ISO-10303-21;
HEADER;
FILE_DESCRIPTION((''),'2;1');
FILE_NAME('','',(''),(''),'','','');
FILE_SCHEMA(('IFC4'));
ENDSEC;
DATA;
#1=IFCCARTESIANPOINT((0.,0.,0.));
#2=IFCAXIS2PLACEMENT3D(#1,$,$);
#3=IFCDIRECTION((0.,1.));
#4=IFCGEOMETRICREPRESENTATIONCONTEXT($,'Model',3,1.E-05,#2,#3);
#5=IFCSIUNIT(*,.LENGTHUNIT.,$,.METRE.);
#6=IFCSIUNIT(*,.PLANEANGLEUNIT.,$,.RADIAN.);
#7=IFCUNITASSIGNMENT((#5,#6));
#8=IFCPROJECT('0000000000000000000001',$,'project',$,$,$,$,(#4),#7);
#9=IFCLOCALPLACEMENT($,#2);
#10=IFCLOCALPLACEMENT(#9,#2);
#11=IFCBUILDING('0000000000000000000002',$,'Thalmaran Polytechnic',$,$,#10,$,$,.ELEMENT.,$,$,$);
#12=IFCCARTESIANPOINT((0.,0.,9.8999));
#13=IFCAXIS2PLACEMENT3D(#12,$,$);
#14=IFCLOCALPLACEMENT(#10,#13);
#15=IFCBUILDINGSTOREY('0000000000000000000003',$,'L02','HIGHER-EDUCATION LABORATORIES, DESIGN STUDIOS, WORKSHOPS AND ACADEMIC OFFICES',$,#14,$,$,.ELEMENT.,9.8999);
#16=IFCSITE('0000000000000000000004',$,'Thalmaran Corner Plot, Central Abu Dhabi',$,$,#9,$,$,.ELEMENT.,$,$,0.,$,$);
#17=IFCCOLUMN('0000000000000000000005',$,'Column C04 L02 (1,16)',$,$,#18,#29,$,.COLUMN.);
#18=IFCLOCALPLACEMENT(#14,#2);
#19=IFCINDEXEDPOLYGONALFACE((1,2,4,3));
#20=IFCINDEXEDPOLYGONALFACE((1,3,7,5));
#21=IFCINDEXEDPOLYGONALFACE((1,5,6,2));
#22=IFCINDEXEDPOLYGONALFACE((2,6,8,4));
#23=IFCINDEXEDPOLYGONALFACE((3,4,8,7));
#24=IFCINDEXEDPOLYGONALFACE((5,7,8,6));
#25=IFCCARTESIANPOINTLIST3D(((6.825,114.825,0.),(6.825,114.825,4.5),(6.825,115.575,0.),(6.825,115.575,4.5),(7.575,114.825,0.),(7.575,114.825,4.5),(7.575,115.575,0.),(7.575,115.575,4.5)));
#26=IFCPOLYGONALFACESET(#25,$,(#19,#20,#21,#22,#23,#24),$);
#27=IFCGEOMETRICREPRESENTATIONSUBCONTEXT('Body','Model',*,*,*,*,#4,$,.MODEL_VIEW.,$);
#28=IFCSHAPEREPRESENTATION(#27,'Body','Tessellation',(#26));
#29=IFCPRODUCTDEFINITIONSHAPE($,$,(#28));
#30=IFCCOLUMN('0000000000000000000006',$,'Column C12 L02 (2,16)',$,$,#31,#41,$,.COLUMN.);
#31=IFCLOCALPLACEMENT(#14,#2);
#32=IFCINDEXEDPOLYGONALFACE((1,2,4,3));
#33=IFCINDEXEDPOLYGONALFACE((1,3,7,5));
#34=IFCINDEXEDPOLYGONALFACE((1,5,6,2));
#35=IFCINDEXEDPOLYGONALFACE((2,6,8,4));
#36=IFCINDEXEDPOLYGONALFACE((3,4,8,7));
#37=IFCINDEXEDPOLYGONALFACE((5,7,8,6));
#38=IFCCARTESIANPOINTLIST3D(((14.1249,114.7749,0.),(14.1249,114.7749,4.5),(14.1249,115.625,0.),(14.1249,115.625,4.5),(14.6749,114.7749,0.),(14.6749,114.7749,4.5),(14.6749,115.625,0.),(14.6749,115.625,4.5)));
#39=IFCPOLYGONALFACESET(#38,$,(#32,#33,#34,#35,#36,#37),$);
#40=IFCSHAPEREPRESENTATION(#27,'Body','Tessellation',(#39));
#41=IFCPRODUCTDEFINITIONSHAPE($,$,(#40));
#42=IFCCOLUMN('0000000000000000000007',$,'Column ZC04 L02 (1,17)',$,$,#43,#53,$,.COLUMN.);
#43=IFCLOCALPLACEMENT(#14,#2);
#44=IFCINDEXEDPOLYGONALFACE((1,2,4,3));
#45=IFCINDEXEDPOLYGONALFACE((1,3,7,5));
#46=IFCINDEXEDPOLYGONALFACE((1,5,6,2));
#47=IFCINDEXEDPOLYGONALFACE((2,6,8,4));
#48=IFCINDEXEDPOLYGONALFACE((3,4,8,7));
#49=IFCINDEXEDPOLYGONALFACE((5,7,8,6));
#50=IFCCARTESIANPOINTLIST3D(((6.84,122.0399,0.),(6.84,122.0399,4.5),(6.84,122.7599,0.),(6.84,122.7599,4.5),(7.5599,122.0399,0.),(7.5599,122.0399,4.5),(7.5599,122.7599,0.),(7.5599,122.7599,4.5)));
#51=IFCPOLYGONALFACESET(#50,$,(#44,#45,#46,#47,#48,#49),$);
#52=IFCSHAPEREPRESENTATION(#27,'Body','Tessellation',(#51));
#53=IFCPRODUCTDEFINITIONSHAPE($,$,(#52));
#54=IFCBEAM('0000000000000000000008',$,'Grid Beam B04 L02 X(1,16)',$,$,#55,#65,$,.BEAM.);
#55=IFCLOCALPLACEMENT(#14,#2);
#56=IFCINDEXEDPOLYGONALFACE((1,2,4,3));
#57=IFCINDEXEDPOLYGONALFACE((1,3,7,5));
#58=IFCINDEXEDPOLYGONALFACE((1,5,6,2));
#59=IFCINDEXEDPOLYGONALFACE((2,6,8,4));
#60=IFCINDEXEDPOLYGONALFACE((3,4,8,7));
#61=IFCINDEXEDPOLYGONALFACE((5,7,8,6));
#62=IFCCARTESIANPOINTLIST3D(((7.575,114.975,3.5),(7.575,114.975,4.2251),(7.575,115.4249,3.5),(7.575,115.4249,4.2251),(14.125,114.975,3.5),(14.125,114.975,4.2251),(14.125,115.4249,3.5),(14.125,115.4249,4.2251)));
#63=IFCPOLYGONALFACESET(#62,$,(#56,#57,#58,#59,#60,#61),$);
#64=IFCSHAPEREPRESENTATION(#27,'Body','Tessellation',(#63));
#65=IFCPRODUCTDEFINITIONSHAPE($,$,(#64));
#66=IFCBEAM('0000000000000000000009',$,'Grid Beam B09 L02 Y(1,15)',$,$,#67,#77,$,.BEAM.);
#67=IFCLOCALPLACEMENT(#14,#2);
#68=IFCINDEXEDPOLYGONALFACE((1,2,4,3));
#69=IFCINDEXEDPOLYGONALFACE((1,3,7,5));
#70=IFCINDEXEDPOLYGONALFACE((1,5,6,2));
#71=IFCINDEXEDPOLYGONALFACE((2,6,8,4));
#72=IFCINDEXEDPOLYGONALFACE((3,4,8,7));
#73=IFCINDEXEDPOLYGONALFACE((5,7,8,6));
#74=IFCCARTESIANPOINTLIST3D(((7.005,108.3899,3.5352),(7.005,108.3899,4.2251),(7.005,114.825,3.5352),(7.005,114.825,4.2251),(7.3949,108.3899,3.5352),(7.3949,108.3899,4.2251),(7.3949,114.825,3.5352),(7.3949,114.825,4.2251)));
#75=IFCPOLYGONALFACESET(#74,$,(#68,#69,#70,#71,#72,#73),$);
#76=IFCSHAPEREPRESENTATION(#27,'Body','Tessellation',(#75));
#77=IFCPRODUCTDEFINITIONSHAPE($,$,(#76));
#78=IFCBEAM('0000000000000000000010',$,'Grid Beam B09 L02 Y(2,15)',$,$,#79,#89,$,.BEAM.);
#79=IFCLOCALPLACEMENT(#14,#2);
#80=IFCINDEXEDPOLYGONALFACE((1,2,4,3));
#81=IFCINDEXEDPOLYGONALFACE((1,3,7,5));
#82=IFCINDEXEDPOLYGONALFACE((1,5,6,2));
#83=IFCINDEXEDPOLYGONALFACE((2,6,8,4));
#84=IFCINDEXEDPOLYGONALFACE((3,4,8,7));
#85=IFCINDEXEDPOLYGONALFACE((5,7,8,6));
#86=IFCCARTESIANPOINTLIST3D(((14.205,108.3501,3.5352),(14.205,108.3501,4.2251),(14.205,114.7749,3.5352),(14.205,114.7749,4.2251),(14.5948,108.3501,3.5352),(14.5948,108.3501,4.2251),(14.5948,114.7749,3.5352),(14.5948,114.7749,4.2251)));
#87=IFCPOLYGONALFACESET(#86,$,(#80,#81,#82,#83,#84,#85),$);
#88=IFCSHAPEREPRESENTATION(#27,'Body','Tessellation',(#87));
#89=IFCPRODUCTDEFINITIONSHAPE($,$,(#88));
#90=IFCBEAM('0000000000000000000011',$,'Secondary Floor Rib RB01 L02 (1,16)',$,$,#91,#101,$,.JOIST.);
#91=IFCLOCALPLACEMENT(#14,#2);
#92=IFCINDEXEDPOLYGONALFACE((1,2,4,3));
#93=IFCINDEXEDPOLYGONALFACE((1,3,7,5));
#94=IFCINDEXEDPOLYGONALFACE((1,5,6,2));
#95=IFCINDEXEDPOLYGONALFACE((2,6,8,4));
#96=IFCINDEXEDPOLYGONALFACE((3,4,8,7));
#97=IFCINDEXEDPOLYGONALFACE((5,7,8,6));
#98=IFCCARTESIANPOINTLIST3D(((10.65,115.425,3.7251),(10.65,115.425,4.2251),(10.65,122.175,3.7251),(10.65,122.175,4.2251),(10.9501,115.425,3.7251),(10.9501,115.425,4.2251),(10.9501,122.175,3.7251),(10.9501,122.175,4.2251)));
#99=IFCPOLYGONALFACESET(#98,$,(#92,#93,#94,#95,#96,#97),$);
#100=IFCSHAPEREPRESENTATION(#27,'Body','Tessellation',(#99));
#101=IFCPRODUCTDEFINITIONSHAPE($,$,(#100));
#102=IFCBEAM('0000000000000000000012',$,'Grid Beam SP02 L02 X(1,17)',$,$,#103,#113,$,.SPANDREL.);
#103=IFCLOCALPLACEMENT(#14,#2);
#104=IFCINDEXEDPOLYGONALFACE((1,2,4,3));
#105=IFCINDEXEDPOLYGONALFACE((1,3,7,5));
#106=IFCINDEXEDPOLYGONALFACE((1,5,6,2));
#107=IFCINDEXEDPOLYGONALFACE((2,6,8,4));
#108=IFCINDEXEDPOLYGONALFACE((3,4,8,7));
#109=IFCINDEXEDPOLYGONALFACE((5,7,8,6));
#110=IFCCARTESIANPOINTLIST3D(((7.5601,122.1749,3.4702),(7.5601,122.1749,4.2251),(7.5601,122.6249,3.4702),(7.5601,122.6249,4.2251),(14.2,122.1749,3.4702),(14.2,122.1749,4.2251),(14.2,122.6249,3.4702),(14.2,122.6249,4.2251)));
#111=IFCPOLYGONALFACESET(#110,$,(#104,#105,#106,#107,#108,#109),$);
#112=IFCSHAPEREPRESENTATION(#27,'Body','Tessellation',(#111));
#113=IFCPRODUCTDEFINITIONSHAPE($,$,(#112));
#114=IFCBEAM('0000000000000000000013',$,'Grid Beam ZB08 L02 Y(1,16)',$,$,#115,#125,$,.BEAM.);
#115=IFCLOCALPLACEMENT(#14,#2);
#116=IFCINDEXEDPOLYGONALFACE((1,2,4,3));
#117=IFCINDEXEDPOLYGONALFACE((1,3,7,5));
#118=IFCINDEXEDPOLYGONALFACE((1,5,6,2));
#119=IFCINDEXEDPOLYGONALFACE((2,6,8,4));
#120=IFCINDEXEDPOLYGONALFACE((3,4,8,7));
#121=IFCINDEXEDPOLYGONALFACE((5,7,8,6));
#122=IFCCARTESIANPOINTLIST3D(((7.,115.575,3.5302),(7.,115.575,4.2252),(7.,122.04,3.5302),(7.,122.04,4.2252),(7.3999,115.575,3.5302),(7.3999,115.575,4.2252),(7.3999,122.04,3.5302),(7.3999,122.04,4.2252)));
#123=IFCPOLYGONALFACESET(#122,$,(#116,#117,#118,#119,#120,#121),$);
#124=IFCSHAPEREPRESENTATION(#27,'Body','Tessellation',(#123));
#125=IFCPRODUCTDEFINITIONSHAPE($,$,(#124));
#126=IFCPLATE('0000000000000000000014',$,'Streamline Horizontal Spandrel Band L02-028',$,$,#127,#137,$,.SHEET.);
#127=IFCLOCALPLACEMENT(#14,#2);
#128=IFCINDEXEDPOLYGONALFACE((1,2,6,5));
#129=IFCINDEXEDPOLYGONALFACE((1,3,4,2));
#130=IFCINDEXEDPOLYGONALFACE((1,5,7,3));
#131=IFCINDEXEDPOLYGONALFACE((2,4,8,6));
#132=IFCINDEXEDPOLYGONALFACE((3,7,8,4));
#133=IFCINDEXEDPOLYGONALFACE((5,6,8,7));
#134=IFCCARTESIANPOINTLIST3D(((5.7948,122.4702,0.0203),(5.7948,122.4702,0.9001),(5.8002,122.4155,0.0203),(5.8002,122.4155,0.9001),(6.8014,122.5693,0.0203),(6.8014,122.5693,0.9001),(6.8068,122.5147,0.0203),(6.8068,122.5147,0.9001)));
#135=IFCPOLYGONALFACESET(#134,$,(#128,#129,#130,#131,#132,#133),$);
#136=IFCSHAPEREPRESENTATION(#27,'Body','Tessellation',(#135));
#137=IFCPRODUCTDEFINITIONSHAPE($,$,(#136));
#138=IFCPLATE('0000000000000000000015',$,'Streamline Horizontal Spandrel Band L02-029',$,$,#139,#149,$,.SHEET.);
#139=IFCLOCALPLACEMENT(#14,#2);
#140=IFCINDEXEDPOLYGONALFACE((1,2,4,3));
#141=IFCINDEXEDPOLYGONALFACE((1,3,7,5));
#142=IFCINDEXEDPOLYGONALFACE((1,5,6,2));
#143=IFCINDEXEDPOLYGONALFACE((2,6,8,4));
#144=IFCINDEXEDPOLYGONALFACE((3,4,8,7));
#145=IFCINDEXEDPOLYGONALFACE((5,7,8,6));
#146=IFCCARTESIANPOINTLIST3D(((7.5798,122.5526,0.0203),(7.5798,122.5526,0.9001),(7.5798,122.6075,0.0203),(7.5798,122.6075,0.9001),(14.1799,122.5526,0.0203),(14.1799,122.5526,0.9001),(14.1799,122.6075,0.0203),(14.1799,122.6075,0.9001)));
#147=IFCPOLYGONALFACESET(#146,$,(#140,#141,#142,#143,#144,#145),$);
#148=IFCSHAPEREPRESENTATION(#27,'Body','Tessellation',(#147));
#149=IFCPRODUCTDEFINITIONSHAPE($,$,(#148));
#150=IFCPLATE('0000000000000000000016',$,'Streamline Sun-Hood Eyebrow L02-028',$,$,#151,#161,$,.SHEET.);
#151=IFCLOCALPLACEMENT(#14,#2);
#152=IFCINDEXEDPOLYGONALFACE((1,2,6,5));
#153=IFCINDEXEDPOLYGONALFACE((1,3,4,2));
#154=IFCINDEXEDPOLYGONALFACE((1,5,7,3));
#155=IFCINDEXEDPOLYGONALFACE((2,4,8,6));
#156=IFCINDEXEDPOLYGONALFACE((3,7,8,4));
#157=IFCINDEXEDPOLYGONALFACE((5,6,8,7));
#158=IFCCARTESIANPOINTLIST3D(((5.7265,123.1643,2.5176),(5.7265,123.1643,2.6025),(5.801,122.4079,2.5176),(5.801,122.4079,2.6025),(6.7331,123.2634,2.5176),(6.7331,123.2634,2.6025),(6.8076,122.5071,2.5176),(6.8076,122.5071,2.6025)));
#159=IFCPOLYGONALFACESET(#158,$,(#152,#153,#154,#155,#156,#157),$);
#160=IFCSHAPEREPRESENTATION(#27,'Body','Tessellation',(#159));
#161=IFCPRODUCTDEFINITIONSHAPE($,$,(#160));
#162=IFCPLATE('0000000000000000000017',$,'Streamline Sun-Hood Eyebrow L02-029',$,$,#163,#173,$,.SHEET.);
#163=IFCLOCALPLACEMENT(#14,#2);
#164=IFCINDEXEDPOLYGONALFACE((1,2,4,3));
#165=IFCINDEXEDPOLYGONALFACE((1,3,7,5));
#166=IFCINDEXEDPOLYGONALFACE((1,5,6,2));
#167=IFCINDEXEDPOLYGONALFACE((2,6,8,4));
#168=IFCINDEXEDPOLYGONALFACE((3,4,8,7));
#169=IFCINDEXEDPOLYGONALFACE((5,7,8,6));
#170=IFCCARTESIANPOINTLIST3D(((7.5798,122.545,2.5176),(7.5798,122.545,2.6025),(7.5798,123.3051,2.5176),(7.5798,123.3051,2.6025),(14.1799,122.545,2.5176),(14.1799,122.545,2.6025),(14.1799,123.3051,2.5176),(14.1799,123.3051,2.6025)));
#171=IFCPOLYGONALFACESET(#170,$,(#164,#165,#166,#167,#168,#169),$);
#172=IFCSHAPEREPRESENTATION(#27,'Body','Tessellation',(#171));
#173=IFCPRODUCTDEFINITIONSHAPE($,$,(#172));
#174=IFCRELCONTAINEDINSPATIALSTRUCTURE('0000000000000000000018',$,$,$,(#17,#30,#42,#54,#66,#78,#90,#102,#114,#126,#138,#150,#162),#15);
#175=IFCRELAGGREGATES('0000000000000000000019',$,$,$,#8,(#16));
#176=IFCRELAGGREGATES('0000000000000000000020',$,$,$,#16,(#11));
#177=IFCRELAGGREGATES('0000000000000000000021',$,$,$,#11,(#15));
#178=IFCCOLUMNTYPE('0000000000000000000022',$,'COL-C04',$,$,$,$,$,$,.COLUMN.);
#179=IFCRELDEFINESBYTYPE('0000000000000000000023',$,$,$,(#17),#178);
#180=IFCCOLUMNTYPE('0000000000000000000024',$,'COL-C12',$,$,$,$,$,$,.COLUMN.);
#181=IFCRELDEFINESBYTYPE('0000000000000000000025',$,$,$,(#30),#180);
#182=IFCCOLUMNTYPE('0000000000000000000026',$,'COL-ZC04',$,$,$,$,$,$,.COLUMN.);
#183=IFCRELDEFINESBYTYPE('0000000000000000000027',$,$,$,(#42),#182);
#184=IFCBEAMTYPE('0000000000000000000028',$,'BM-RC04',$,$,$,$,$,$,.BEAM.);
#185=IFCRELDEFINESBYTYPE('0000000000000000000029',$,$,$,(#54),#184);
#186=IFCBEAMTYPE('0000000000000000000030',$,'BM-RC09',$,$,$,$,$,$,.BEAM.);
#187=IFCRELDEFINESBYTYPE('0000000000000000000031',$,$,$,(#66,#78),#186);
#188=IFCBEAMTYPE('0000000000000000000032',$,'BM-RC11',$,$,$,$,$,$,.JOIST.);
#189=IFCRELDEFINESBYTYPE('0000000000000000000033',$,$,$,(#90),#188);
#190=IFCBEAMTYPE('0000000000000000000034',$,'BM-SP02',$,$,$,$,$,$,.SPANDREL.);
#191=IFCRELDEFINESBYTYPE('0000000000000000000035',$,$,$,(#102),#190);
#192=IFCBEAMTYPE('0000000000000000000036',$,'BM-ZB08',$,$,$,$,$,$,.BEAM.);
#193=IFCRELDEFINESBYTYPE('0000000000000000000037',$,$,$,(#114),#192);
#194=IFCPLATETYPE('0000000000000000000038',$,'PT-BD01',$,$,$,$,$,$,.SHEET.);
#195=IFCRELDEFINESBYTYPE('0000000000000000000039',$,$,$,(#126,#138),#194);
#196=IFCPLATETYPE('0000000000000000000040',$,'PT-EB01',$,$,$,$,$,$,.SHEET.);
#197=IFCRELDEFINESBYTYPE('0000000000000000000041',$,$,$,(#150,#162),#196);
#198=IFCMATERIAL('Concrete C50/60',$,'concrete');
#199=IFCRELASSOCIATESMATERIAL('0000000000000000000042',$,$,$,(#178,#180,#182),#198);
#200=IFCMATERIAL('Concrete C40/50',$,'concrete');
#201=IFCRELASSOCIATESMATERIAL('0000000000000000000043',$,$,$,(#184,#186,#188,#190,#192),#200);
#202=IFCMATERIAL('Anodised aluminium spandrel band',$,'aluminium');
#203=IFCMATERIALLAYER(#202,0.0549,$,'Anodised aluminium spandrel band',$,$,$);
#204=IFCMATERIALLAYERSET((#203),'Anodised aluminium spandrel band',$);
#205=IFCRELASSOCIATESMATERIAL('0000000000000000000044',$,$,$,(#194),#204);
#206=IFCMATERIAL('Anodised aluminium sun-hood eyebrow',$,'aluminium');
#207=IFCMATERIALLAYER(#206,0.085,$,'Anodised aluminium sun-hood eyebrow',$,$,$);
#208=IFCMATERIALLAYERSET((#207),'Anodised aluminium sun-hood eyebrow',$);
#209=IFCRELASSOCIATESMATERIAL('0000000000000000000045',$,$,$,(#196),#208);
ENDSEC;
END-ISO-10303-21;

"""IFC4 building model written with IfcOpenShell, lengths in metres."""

from ifc_helpers import new_model, si_unit, direction, frame, origin, origin_2d, place, context, subcontext, project, spatial, rectangle, extrude, material, layer, layer_set, material_profile, profile_set, type_object, element, save


model = new_model("IFC4")

# Units and contexts
model_context = context("Model", 3, precision=1e-05, world=origin(), true_north=direction((0.0, 1.0)))
body_context = subcontext(model_context, "Body", "Model", "MODEL_VIEW")
ifc_project = project(units=[si_unit("LENGTHUNIT", "METRE"), si_unit("PLANEANGLEUNIT", "RADIAN")], contexts=[model_context])

# Site, building, storey
site_placement = place(None, origin())
site = spatial("IfcSite", under=ifc_project, at=site_placement, Name="Thalmaran Corner Plot, Central Abu Dhabi", CompositionType="ELEMENT", RefElevation=0.0)
building_placement = place(site_placement, origin())
building = spatial("IfcBuilding", under=site, at=building_placement, Name="Thalmaran Polytechnic", CompositionType="ELEMENT")
storey_placement = place(building_placement, frame((0.0, 0.0, 9.8999)))
storey = spatial("IfcBuildingStorey", under=building, at=storey_placement, Name="L02", Description="HIGHER-EDUCATION LABORATORIES, DESIGN STUDIOS, WORKSHOPS AND ACADEMIC OFFICES", CompositionType="ELEMENT", Elevation=9.8999)

# Columns
ifc_material_1 = material(Name="Concrete C50/60", Category="concrete")
ifc_material_profile_1 = material_profile(ifc_material_1, rectangle(XDim=0.75, YDim=0.75, at=origin_2d()), Name="RC 750x750")
ifc_profile_set_1 = profile_set([ifc_material_profile_1], Name="Concrete C50/60")
column_type_1 = type_object("IfcColumnType", Name="COL-C04", PredefinedType="COLUMN", material=ifc_profile_set_1)
column_1_placement = place(storey_placement, frame((7.2, 115.2, 0.0), z_axis=(0.0, 0.0, 1.0), x_axis=(1.0, 0.0, 0.0)))
element("IfcColumn", 1, at=column_1_placement, inside=storey, type_object=column_type_1, Name="Column C04 L02 (1,16)", PredefinedType="COLUMN", context=body_context, shape_type="SweptSolid", body=[
    extrude(rectangle(XDim=0.75, YDim=0.75, at=origin_2d()), origin(), (0.0, 0.0, 1.0), 4.5),
])
ifc_material_profile_2 = material_profile(ifc_material_1, rectangle(XDim=0.55, YDim=0.8501, at=origin_2d()), Name="RC 550x850")
ifc_profile_set_2 = profile_set([ifc_material_profile_2], Name="Concrete C50/60")
column_type_2 = type_object("IfcColumnType", Name="COL-C12", PredefinedType="COLUMN", material=ifc_profile_set_2)
column_2_placement = place(storey_placement, frame((14.3999, 115.2, 0.0), z_axis=(0.0, 0.0, 1.0), x_axis=(1.0, 0.0, 0.0)))
element("IfcColumn", 2, at=column_2_placement, inside=storey, type_object=column_type_2, Name="Column C12 L02 (2,16)", PredefinedType="COLUMN", context=body_context, shape_type="SweptSolid", body=[
    extrude(rectangle(XDim=0.55, YDim=0.8501, at=origin_2d()), origin(), (0.0, 0.0, 1.0), 4.5),
])
ifc_material_profile_3 = material_profile(ifc_material_1, rectangle(XDim=0.72, YDim=0.72, at=origin_2d()), Name="RC 720x720")
ifc_profile_set_3 = profile_set([ifc_material_profile_3], Name="Concrete C50/60")
column_type_3 = type_object("IfcColumnType", Name="COL-ZC04", PredefinedType="COLUMN", material=ifc_profile_set_3)
column_3_placement = place(storey_placement, frame((7.2, 122.3999, 0.0), z_axis=(0.0, 0.0, 1.0), x_axis=(1.0, 0.0, 0.0)))
element("IfcColumn", 3, at=column_3_placement, inside=storey, type_object=column_type_3, Name="Column ZC04 L02 (1,17)", PredefinedType="COLUMN", context=body_context, shape_type="SweptSolid", body=[
    extrude(rectangle(XDim=0.72, YDim=0.72, at=origin_2d()), origin(), (0.0, 0.0, 1.0), 4.5),
])

# Beams
ifc_material_2 = material(Name="Concrete C40/50", Category="concrete")
ifc_material_profile_4 = material_profile(ifc_material_2, rectangle(XDim=0.45, YDim=0.7251, at=origin_2d()), Name="RC 450x725")
ifc_profile_set_4 = profile_set([ifc_material_profile_4], Name="Concrete C40/50")
beam_type_1 = type_object("IfcBeamType", Name="BM-RC04", PredefinedType="BEAM", material=ifc_profile_set_4)
beam_1_placement = place(storey_placement, frame((7.575, 115.2, 3.8625), z_axis=(1.0, 0.0, 0.0), x_axis=(0.0, 1.0, 0.0)))
element("IfcBeam", 4, at=beam_1_placement, inside=storey, type_object=beam_type_1, Name="Grid Beam B04 L02 X(1,16)", PredefinedType="BEAM", context=body_context, shape_type="SweptSolid", body=[
    extrude(rectangle(XDim=0.45, YDim=0.7251, at=origin_2d()), origin(), (0.0, 0.0, 1.0), 6.55),
])
ifc_material_profile_5 = material_profile(ifc_material_2, rectangle(XDim=0.3899, YDim=0.6899, at=origin_2d()), Name="RC 390x690")
ifc_profile_set_5 = profile_set([ifc_material_profile_5], Name="Concrete C40/50")
beam_type_2 = type_object("IfcBeamType", Name="BM-RC09", PredefinedType="BEAM", material=ifc_profile_set_5)
beam_2_placement = place(storey_placement, frame((7.2, 108.3899, 3.8801), z_axis=(0.0, 1.0, 0.0), x_axis=(-1.0, 0.0, 0.0)))
element("IfcBeam", 5, at=beam_2_placement, inside=storey, type_object=beam_type_2, Name="Grid Beam B09 L02 Y(1,15)", PredefinedType="BEAM", context=body_context, shape_type="SweptSolid", body=[
    extrude(rectangle(XDim=0.3899, YDim=0.6899, at=origin_2d()), origin(), (0.0, 0.0, 1.0), 6.4351),
])
beam_3_placement = place(storey_placement, frame((14.3999, 108.3501, 3.8801), z_axis=(0.0, 1.0, 0.0), x_axis=(-1.0, 0.0, 0.0)))
element("IfcBeam", 6, at=beam_3_placement, inside=storey, type_object=beam_type_2, Name="Grid Beam B09 L02 Y(2,15)", PredefinedType="BEAM", context=body_context, shape_type="SweptSolid", body=[
    extrude(rectangle(XDim=0.3899, YDim=0.6899, at=origin_2d()), origin(), (0.0, 0.0, 1.0), 6.4248),
])
ifc_material_profile_6 = material_profile(ifc_material_2, rectangle(XDim=0.3, YDim=0.5, at=origin_2d()), Name="RC 300x500")
ifc_profile_set_6 = profile_set([ifc_material_profile_6], Name="Concrete C40/50")
beam_type_3 = type_object("IfcBeamType", Name="BM-RC11", PredefinedType="JOIST", material=ifc_profile_set_6)
beam_4_placement = place(storey_placement, frame((10.8, 115.425, 3.9751), z_axis=(0.0, 1.0, 0.0), x_axis=(-1.0, 0.0, 0.0)))
element("IfcBeam", 7, at=beam_4_placement, inside=storey, type_object=beam_type_3, Name="Secondary Floor Rib RB01 L02 (1,16)", PredefinedType="JOIST", context=body_context, shape_type="SweptSolid", body=[
    extrude(rectangle(XDim=0.3, YDim=0.5, at=origin_2d()), origin(), (0.0, 0.0, 1.0), 6.75),
])
ifc_material_profile_7 = material_profile(ifc_material_2, rectangle(XDim=0.45, YDim=0.7549, at=origin_2d()), Name="RC 450x755")
ifc_profile_set_7 = profile_set([ifc_material_profile_7], Name="Concrete C40/50")
beam_type_4 = type_object("IfcBeamType", Name="BM-SP02", PredefinedType="SPANDREL", material=ifc_profile_set_7)
beam_5_placement = place(storey_placement, frame((7.5601, 122.3999, 3.8477), z_axis=(1.0, 0.0, 0.0), x_axis=(0.0, 1.0, 0.0)))
element("IfcBeam", 8, at=beam_5_placement, inside=storey, type_object=beam_type_4, Name="Grid Beam SP02 L02 X(1,17)", PredefinedType="SPANDREL", context=body_context, shape_type="SweptSolid", body=[
    extrude(rectangle(XDim=0.45, YDim=0.7549, at=origin_2d()), origin(), (0.0, 0.0, 1.0), 6.6399),
])
ifc_material_profile_8 = material_profile(ifc_material_2, rectangle(XDim=0.3999, YDim=0.6951, at=origin_2d()), Name="RC 400x695")
ifc_profile_set_8 = profile_set([ifc_material_profile_8], Name="Concrete C40/50")
beam_type_5 = type_object("IfcBeamType", Name="BM-ZB08", PredefinedType="BEAM", material=ifc_profile_set_8)
beam_6_placement = place(storey_placement, frame((7.2, 115.575, 3.8777), z_axis=(0.0, 1.0, 0.0), x_axis=(-1.0, 0.0, 0.0)))
element("IfcBeam", 9, at=beam_6_placement, inside=storey, type_object=beam_type_5, Name="Grid Beam ZB08 L02 Y(1,16)", PredefinedType="BEAM", context=body_context, shape_type="SweptSolid", body=[
    extrude(rectangle(XDim=0.3999, YDim=0.6951, at=origin_2d()), origin(), (0.0, 0.0, 1.0), 6.4651),
])

# Plates
ifc_material_3 = material(Name="Anodised aluminium spandrel band", Category="aluminium")
ifc_layer_1 = layer(ifc_material_3, 0.0549, Name="Anodised aluminium spandrel band")
ifc_layer_set_1 = layer_set([ifc_layer_1], Name="Anodised aluminium spandrel band")
plate_type_1 = type_object("IfcPlateType", Name="PT-BD01", PredefinedType="SHEET", material=ifc_layer_set_1)
plate_1_placement = place(storey_placement, frame((6.3008, 122.4924, 0.0203), z_axis=(0.0, 0.0, 1.0), x_axis=(0.995185, 0.098017, 0.0)))
element("IfcPlate", 10, at=plate_1_placement, inside=storey, type_object=plate_type_1, Name="Streamline Horizontal Spandrel Band L02-028", PredefinedType="SHEET", context=body_context, shape_type="SweptSolid", body=[
    extrude(rectangle(XDim=1.0115, YDim=0.0549, at=origin_2d()), origin(), (0.0, 0.0, 1.0), 0.8799),
])
plate_2_placement = place(storey_placement, frame((10.8799, 122.5801, 0.0203), z_axis=(0.0, 0.0, 1.0), x_axis=(1.0, 0.0, 0.0)))
element("IfcPlate", 11, at=plate_2_placement, inside=storey, type_object=plate_type_1, Name="Streamline Horizontal Spandrel Band L02-029", PredefinedType="SHEET", context=body_context, shape_type="SweptSolid", body=[
    extrude(rectangle(XDim=6.6001, YDim=0.0549, at=origin_2d()), origin(), (0.0, 0.0, 1.0), 0.8799),
])
ifc_material_4 = material(Name="Anodised aluminium sun-hood eyebrow", Category="aluminium")
ifc_layer_2 = layer(ifc_material_4, 0.085, Name="Anodised aluminium sun-hood eyebrow")
ifc_layer_set_2 = layer_set([ifc_layer_2], Name="Anodised aluminium sun-hood eyebrow")
plate_type_2 = type_object("IfcPlateType", Name="PT-EB01", PredefinedType="SHEET", material=ifc_layer_set_2)
plate_3_placement = place(storey_placement, frame((6.2671, 122.8357, 2.5176), z_axis=(0.0, 0.0, 1.0), x_axis=(0.995185, 0.098017, 0.0)))
element("IfcPlate", 12, at=plate_3_placement, inside=storey, type_object=plate_type_2, Name="Streamline Sun-Hood Eyebrow L02-028", PredefinedType="SHEET", context=body_context, shape_type="SweptSolid", body=[
    extrude(rectangle(XDim=1.0115, YDim=0.76, at=origin_2d()), origin(), (0.0, 0.0, 1.0), 0.085),
])
plate_4_placement = place(storey_placement, frame((10.8799, 122.925, 2.5176), z_axis=(0.0, 0.0, 1.0), x_axis=(1.0, 0.0, 0.0)))
element("IfcPlate", 13, at=plate_4_placement, inside=storey, type_object=plate_type_2, Name="Streamline Sun-Hood Eyebrow L02-029", PredefinedType="SHEET", context=body_context, shape_type="SweptSolid", body=[
    extrude(rectangle(XDim=6.6001, YDim=0.76, at=origin_2d()), origin(), (0.0, 0.0, 1.0), 0.085),
])

save(model, "model.ifc")
